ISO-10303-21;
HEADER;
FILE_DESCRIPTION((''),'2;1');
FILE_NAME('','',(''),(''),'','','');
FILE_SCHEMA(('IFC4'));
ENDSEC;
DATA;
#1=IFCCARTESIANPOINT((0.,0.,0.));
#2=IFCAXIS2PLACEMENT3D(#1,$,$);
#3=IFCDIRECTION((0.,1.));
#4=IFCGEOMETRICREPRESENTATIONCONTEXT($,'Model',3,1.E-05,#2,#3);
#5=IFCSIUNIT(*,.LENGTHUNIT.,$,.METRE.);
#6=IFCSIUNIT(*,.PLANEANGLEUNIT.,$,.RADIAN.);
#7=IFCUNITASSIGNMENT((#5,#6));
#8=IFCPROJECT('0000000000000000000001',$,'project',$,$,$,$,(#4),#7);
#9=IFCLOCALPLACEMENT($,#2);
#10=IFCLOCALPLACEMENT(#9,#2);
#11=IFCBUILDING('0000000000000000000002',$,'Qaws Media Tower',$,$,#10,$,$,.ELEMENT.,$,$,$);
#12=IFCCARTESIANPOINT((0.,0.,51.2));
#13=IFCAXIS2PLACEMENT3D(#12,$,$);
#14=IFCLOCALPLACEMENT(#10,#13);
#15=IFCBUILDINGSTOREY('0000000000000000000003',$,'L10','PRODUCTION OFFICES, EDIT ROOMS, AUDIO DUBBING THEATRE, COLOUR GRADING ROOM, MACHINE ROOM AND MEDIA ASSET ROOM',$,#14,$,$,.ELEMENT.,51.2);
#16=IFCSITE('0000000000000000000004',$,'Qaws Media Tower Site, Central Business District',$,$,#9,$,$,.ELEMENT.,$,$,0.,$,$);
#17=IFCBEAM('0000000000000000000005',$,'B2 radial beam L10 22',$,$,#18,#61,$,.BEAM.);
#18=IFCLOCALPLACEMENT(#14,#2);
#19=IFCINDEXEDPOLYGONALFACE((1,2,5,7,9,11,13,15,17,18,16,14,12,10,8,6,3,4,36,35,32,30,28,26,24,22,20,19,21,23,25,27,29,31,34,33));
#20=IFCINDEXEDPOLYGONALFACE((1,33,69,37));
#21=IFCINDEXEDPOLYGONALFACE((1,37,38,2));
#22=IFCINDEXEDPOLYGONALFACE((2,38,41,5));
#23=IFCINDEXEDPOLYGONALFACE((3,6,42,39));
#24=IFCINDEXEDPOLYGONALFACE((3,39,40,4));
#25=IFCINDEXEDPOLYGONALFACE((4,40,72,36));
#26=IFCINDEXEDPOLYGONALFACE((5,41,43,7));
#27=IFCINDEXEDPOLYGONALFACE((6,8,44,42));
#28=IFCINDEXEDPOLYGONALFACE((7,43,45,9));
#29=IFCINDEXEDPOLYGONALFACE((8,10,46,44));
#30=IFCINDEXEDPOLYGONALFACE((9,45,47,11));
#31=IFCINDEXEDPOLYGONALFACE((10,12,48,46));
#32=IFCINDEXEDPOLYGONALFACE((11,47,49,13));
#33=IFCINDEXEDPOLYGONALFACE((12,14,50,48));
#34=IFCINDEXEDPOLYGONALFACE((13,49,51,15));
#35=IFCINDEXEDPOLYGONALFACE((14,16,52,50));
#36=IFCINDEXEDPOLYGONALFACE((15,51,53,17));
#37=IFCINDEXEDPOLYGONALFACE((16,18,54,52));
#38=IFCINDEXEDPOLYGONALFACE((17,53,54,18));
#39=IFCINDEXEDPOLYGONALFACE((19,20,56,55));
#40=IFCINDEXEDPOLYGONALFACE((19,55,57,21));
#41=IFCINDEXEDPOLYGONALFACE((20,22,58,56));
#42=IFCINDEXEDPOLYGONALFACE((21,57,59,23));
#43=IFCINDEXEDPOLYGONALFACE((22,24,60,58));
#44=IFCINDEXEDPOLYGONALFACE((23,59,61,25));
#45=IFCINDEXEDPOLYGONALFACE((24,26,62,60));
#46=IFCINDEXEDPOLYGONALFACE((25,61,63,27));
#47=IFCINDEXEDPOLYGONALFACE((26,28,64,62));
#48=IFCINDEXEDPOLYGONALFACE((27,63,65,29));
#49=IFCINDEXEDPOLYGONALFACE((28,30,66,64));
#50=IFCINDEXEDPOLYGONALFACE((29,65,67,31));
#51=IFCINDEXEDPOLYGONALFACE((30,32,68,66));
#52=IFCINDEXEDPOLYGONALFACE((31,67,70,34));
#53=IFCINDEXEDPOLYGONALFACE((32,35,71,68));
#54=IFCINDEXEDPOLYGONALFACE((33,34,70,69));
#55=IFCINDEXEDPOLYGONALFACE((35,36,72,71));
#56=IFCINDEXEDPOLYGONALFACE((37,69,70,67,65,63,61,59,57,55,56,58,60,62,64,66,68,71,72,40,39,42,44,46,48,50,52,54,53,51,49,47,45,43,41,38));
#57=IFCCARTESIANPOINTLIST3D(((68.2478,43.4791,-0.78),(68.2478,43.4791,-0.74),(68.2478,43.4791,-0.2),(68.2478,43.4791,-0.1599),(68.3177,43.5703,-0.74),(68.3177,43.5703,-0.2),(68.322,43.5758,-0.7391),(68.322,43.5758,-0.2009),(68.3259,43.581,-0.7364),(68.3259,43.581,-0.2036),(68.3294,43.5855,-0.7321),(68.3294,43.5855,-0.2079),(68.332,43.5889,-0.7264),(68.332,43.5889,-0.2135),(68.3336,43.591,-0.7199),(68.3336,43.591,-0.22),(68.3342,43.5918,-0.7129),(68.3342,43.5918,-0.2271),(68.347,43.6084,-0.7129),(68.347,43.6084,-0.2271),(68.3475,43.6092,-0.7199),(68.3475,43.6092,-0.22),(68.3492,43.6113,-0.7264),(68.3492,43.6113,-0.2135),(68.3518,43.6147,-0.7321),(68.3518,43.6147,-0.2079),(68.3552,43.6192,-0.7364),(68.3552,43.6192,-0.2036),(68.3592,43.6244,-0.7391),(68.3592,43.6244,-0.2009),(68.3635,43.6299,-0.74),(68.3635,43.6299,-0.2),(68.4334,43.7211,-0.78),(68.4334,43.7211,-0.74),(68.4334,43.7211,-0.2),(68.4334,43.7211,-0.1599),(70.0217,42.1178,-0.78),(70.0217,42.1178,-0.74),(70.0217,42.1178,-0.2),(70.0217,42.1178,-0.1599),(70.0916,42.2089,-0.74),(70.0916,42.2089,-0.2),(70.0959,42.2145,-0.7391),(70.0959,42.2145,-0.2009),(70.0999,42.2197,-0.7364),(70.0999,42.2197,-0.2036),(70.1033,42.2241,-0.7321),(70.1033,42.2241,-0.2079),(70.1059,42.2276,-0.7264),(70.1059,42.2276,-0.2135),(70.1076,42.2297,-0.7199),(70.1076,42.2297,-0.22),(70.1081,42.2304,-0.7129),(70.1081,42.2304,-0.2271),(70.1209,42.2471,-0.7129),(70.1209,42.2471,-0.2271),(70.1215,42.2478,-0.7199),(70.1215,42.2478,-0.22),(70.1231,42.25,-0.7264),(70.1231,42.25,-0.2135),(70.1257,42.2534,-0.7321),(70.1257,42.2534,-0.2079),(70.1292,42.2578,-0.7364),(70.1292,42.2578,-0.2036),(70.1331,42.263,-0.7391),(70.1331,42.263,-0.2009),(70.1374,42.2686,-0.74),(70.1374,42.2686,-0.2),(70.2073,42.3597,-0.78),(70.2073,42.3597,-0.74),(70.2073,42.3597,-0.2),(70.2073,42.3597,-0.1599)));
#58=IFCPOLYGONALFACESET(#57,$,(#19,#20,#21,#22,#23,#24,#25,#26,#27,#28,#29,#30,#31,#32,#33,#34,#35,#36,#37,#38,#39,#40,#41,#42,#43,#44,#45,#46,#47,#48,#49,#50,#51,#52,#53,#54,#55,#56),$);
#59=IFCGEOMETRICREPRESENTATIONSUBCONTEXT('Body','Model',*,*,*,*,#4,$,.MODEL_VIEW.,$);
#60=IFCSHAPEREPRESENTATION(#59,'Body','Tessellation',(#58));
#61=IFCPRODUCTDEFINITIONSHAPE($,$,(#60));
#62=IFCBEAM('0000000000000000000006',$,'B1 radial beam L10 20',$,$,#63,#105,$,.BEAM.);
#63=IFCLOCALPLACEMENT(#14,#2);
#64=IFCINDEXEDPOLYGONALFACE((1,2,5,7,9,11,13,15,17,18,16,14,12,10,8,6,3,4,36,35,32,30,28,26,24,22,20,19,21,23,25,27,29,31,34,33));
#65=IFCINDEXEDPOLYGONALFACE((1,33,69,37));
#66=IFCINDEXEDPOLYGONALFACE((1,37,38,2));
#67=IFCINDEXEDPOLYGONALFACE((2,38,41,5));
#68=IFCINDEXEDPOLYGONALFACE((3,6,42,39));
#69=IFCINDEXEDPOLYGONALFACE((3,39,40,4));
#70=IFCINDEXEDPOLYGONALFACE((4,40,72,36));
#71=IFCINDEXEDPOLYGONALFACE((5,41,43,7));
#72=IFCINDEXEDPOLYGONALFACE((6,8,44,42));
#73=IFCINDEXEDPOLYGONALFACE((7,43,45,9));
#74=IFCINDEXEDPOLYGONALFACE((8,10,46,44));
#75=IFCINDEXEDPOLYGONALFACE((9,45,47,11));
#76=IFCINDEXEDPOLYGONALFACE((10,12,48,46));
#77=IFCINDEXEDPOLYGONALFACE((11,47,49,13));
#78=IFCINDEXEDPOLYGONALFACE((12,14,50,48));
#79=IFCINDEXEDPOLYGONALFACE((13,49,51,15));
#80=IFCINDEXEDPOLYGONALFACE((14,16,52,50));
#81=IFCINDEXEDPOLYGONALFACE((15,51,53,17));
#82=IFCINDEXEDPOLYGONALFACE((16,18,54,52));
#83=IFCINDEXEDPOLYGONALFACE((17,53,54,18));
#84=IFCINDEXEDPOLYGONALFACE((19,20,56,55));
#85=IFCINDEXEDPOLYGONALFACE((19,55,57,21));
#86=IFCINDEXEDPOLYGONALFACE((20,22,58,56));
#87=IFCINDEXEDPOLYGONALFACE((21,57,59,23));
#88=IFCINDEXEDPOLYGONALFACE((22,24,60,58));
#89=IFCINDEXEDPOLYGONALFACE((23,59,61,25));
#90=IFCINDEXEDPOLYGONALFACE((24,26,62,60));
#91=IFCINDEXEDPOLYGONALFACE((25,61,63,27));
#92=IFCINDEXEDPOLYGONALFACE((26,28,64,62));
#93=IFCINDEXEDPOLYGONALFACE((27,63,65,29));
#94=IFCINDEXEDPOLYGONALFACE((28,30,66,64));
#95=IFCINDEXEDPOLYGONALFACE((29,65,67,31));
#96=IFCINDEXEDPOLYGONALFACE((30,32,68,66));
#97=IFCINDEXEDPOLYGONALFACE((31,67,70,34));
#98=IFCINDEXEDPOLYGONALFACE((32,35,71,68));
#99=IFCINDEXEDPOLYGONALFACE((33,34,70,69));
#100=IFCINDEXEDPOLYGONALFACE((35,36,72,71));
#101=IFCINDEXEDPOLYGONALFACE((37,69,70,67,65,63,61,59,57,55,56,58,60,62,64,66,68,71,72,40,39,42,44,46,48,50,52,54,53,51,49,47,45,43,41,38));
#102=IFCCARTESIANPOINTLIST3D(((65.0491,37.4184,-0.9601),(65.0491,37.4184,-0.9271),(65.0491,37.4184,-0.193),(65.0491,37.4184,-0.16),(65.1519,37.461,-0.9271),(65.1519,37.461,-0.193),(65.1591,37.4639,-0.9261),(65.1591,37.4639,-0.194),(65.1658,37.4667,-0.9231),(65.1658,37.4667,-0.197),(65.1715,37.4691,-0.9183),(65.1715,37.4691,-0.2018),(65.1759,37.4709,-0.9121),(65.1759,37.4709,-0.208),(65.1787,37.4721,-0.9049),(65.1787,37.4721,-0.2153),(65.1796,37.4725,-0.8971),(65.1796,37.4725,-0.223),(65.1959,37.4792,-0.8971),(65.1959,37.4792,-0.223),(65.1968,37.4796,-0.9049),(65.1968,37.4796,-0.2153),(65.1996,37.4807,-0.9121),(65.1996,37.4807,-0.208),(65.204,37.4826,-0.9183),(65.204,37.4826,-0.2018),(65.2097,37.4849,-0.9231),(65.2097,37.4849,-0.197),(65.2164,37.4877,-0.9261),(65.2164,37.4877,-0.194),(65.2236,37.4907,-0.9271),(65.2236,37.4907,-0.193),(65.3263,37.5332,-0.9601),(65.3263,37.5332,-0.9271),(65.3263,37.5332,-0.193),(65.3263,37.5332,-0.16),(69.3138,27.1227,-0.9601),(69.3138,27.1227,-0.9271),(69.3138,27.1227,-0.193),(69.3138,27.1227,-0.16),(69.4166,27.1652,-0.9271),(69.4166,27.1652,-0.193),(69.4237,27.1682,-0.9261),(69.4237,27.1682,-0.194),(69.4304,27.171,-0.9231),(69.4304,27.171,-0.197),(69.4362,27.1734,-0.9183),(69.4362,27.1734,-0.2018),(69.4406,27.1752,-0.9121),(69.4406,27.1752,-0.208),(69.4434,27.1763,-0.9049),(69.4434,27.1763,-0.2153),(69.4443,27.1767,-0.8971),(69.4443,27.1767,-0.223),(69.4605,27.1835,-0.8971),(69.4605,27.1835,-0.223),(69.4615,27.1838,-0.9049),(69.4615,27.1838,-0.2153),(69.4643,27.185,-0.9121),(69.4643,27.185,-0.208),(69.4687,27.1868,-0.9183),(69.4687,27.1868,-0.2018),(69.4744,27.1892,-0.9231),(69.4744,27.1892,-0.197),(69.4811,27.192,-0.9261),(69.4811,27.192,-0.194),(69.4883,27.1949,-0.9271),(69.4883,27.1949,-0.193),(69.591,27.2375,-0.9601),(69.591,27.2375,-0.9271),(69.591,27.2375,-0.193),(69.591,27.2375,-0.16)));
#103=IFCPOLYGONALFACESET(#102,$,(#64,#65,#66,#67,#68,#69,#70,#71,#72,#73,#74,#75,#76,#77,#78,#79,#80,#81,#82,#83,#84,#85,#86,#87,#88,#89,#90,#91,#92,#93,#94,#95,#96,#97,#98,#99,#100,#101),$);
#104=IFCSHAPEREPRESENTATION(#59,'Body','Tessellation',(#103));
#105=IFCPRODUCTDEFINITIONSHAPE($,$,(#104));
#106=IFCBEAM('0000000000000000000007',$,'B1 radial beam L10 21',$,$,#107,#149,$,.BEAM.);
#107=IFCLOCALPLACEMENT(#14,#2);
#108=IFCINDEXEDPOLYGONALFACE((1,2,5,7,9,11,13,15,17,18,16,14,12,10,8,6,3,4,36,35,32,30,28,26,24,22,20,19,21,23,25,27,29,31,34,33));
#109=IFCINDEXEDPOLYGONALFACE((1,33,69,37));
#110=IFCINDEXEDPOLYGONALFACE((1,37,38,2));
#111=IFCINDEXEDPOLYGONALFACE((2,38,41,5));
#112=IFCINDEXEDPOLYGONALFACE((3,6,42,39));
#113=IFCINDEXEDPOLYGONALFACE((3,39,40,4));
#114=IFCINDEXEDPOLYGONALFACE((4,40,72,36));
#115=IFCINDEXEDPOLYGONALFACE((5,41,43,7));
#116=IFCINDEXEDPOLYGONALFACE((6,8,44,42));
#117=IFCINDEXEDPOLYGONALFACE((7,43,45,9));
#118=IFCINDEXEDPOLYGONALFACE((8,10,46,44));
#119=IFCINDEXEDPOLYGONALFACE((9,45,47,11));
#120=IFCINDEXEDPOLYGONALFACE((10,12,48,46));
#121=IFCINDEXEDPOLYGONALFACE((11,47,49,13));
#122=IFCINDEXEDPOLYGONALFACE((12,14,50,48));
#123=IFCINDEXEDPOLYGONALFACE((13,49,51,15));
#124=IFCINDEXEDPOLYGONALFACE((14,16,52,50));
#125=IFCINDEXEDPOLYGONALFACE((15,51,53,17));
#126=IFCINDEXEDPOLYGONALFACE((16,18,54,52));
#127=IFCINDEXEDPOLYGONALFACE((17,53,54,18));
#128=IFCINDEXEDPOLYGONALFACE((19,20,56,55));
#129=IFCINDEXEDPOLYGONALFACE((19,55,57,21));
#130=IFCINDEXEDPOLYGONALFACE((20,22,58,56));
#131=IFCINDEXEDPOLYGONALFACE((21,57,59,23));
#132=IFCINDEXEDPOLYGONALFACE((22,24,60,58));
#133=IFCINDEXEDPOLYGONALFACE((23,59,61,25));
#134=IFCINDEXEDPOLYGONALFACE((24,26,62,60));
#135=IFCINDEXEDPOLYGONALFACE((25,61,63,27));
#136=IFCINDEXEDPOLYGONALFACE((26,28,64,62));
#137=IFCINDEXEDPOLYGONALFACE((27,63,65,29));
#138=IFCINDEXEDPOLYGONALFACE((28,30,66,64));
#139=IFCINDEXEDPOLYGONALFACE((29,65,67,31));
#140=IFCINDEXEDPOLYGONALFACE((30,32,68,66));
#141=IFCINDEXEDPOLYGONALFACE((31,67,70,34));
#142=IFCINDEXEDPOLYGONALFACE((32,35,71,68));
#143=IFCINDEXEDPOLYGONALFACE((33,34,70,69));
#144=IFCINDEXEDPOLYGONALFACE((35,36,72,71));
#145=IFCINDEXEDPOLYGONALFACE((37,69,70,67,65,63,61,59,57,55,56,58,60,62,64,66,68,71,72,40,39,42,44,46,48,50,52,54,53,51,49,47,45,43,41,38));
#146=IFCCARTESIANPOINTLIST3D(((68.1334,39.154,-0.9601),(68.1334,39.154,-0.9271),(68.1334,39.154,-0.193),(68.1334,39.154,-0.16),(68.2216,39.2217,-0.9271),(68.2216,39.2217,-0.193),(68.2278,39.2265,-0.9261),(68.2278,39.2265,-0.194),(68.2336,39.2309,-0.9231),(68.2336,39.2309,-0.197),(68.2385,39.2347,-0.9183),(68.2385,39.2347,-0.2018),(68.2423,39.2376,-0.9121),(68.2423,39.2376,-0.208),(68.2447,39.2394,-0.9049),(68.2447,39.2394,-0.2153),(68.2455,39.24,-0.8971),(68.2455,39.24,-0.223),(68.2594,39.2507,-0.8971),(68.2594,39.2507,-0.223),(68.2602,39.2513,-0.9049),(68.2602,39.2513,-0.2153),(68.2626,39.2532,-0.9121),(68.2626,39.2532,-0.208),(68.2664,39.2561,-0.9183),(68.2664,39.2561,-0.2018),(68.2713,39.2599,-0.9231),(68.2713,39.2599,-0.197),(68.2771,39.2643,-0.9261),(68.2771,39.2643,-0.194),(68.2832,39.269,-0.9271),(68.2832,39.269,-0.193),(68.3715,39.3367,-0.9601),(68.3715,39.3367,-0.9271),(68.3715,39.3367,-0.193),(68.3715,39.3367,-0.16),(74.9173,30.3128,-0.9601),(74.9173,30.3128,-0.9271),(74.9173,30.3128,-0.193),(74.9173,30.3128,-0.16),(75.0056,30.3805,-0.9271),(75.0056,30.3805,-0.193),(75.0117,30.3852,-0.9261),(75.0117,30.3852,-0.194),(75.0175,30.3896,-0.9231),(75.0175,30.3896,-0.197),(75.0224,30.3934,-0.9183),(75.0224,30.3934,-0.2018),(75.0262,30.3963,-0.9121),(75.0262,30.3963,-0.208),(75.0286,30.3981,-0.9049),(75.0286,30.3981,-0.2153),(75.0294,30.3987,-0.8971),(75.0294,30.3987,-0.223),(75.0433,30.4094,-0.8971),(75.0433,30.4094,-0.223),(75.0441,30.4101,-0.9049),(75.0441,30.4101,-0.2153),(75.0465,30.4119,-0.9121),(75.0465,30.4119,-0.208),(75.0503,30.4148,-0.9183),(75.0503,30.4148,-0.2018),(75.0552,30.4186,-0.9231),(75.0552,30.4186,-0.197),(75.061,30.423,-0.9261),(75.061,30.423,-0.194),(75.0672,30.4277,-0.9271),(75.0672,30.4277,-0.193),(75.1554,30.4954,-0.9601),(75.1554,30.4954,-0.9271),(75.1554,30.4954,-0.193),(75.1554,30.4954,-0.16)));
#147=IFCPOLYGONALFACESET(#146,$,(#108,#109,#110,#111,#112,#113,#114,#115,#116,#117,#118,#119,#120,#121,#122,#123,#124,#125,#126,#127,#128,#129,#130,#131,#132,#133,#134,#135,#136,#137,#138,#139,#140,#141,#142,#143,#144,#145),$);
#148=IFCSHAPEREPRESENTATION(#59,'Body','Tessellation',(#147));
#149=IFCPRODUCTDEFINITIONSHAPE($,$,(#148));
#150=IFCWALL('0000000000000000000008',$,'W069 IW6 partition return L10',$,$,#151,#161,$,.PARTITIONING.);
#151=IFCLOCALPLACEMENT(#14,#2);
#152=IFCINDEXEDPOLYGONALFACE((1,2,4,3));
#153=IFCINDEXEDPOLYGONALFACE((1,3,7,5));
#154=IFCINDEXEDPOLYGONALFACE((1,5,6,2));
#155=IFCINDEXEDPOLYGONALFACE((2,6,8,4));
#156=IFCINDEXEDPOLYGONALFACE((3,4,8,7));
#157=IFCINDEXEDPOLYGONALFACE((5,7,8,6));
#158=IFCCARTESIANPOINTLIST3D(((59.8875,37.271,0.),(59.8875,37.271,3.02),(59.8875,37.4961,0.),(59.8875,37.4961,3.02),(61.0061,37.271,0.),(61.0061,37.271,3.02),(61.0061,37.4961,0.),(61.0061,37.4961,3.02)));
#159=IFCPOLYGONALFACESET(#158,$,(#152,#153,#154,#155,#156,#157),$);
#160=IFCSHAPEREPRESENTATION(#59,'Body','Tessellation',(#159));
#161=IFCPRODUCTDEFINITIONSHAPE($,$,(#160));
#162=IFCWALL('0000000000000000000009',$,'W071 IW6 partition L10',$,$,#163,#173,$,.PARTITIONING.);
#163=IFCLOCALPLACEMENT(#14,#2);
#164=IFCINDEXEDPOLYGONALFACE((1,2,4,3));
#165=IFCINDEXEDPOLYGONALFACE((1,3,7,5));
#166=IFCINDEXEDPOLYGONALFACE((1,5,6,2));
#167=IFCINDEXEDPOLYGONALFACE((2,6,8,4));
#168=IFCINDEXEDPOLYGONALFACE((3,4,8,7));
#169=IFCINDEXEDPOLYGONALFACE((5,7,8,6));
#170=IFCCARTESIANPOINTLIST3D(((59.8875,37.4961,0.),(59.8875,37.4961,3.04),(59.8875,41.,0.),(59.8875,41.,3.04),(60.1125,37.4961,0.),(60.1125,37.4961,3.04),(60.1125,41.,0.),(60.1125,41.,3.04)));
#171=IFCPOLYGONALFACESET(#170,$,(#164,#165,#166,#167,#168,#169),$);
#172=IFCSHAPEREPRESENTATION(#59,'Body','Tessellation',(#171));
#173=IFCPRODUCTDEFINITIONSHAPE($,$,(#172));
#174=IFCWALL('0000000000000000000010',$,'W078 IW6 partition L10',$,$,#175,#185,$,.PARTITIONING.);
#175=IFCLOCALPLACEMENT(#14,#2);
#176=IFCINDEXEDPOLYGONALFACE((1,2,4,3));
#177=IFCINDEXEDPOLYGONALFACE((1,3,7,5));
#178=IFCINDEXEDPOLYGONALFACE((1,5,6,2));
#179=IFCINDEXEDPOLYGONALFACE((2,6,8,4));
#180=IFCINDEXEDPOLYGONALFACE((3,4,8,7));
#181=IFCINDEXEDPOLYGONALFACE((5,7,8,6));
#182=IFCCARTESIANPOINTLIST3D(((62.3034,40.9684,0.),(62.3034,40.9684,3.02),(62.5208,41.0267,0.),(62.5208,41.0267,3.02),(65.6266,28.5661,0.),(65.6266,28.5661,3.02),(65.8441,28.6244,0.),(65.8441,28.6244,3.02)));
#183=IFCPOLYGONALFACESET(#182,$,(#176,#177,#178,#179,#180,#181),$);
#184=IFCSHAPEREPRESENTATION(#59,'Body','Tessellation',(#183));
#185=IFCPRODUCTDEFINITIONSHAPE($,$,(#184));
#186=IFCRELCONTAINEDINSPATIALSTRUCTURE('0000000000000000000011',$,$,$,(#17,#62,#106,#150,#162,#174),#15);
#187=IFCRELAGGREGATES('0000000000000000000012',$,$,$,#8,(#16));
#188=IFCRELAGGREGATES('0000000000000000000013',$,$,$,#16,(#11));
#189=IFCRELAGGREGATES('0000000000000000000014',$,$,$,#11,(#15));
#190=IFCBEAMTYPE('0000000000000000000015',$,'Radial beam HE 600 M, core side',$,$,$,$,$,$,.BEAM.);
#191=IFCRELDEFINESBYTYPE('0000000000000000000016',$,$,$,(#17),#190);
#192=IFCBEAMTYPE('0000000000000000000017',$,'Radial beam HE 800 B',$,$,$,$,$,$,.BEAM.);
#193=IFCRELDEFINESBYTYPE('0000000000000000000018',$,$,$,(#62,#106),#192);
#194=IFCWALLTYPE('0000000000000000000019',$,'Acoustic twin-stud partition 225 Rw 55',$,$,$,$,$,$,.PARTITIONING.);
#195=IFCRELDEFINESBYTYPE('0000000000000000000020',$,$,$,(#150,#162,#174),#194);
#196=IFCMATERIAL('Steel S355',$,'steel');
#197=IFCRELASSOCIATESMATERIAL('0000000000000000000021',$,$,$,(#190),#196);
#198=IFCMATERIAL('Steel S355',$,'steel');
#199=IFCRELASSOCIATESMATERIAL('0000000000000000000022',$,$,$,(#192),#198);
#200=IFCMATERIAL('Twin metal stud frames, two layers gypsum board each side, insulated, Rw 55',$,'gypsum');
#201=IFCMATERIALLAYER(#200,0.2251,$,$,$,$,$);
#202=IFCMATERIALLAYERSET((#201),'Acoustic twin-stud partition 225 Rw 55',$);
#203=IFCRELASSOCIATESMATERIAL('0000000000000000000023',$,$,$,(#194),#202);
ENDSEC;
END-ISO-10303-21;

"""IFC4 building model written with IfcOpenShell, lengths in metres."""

from ifc_helpers import new_model, si_unit, direction, frame, frame_2d, origin, origin_2d, place, context, subcontext, project, spatial, rectangle, i_section, extrude, material, layer, layer_set, material_profile, profile_set, type_object, element, save


model = new_model("IFC4")

# Units and contexts
model_context = context("Model", 3, precision=1e-05, world=origin(), true_north=direction((0.0, 1.0)))
body_context = subcontext(model_context, "Body", "Model", "MODEL_VIEW")
ifc_project = project(units=[si_unit("LENGTHUNIT", "METRE"), si_unit("PLANEANGLEUNIT", "RADIAN")], contexts=[model_context])

# Site, building, storey
site_placement = place(None, origin())
site = spatial("IfcSite", under=ifc_project, at=site_placement, Name="Qaws Media Tower Site, Central Business District", CompositionType="ELEMENT", RefElevation=0.0)
building_placement = place(site_placement, origin())
building = spatial("IfcBuilding", under=site, at=building_placement, Name="Qaws Media Tower", CompositionType="ELEMENT")
storey_placement = place(building_placement, frame((0.0, 0.0, 51.2)))
storey = spatial("IfcBuildingStorey", under=building, at=storey_placement, Name="L10", Description="PRODUCTION OFFICES, EDIT ROOMS, AUDIO DUBBING THEATRE, COLOUR GRADING ROOM, MACHINE ROOM AND MEDIA ASSET ROOM", CompositionType="ELEMENT", Elevation=51.2)

# Beams
ifc_material_1 = material(Name="Steel S355", Category="steel")
ifc_material_profile_1 = material_profile(ifc_material_1, i_section(OverallWidth=0.3049, OverallDepth=0.6201, WebThickness=0.021, FlangeThickness=0.04, FilletRadius=0.0271, at=origin_2d()), Name="HE 600 M")
ifc_profile_set_1 = profile_set([ifc_material_profile_1], Name="Steel S355")
beam_type_1 = type_object("IfcBeamType", Name="Radial beam HE 600 M, core side", PredefinedType="BEAM", material=ifc_profile_set_1)
beam_1_placement = place(storey_placement, frame((68.3406, 43.6001, -0.47), z_axis=(0.793322, -0.608803, 0.0), x_axis=(0.608803, 0.793322, 0.0)))
element("IfcBeam", 1, at=beam_1_placement, inside=storey, type_object=beam_type_1, Name="B2 radial beam L10 22", PredefinedType="BEAM", context=body_context, shape_type="SweptSolid", body=[
    extrude(i_section(OverallWidth=0.3049, OverallDepth=0.6201, WebThickness=0.021, FlangeThickness=0.04, FilletRadius=0.0271, at=origin_2d()), origin(), (0.0, 0.0, 1.0), 2.2361),
])
ifc_material_2 = material(Name="Steel S355", Category="steel")
ifc_material_profile_2 = material_profile(ifc_material_2, i_section(OverallWidth=0.3, OverallDepth=0.8, WebThickness=0.0176, FlangeThickness=0.033, FilletRadius=0.03, at=origin_2d()), Name="HE 800 B")
ifc_profile_set_2 = profile_set([ifc_material_profile_2], Name="Steel S355")
beam_type_2 = type_object("IfcBeamType", Name="Radial beam HE 800 B", PredefinedType="BEAM", material=ifc_profile_set_2)
for number, where, z_axis, x_axis, name in (
    (2, (65.1877, 37.4758, -0.5601), (0.382687, -0.923878, 0.0), (0.923878, 0.382687, 0.0), "B1 radial beam L10 20"),
    (3, (68.2524, 39.2454, -0.5601), (0.608748, -0.793364, 0.0), (0.793364, 0.608748, 0.0), "B1 radial beam L10 21"),
):
    element("IfcBeam", number, at=place(storey_placement, frame(where, z_axis=z_axis, x_axis=x_axis)), inside=storey, type_object=beam_type_2, Name=name, PredefinedType="BEAM", context=body_context, shape_type="SweptSolid", body=[
        extrude(i_section(OverallWidth=0.3, OverallDepth=0.8, WebThickness=0.0176, FlangeThickness=0.033, FilletRadius=0.03, at=origin_2d()), origin(), (0.0, 0.0, 1.0), 11.144),
    ])

# Walls
ifc_material_3 = material(Name="Twin metal stud frames, two layers gypsum board each side, insulated, Rw 55", Category="gypsum")
ifc_layer_1 = layer(ifc_material_3, 0.2251)
ifc_layer_set_1 = layer_set([ifc_layer_1], Name="Acoustic twin-stud partition 225 Rw 55")
wall_type_1 = type_object("IfcWallType", Name="Acoustic twin-stud partition 225 Rw 55", PredefinedType="PARTITIONING", material=ifc_layer_set_1)
wall_1_placement = place(storey_placement, frame((59.8875, 37.3835, 0.0), z_axis=(0.0, 0.0, 1.0), x_axis=(1.0, 0.0, 0.0)))
element("IfcWall", 4, at=wall_1_placement, inside=storey, type_object=wall_type_1, Name="W069 IW6 partition return L10", PredefinedType="PARTITIONING", context=body_context, shape_type="SweptSolid", body=[
    extrude(rectangle(XDim=1.1187, YDim=0.2251, at=frame_2d((0.5593, 0.0))), origin(), (0.0, 0.0, 1.0), 3.02),
])
wall_2_placement = place(storey_placement, frame((60.0, 41.0, 0.0), z_axis=(0.0, 0.0, 1.0), x_axis=(0.0, -1.0, 0.0)))
element("IfcWall", 5, at=wall_2_placement, inside=storey, type_object=wall_type_1, Name="W071 IW6 partition L10", PredefinedType="PARTITIONING", context=body_context, shape_type="SweptSolid", body=[
    extrude(rectangle(XDim=3.5039, YDim=0.2251, at=frame_2d((1.752, 0.0))), origin(), (0.0, 0.0, 1.0), 3.04),
])
wall_3_placement = place(storey_placement, frame((62.4121, 40.9976, 0.0), z_axis=(0.0, 0.0, 1.0), x_axis=(0.258822, -0.965925, 0.0)))
element("IfcWall", 6, at=wall_3_placement, inside=storey, type_object=wall_type_1, Name="W078 IW6 partition L10", PredefinedType="PARTITIONING", context=body_context, shape_type="SweptSolid", body=[
    extrude(rectangle(XDim=12.8398, YDim=0.2251, at=frame_2d((6.4199, 0.0))), origin(), (0.0, 0.0, 1.0), 3.02),
])

save(model, "model.ifc")
